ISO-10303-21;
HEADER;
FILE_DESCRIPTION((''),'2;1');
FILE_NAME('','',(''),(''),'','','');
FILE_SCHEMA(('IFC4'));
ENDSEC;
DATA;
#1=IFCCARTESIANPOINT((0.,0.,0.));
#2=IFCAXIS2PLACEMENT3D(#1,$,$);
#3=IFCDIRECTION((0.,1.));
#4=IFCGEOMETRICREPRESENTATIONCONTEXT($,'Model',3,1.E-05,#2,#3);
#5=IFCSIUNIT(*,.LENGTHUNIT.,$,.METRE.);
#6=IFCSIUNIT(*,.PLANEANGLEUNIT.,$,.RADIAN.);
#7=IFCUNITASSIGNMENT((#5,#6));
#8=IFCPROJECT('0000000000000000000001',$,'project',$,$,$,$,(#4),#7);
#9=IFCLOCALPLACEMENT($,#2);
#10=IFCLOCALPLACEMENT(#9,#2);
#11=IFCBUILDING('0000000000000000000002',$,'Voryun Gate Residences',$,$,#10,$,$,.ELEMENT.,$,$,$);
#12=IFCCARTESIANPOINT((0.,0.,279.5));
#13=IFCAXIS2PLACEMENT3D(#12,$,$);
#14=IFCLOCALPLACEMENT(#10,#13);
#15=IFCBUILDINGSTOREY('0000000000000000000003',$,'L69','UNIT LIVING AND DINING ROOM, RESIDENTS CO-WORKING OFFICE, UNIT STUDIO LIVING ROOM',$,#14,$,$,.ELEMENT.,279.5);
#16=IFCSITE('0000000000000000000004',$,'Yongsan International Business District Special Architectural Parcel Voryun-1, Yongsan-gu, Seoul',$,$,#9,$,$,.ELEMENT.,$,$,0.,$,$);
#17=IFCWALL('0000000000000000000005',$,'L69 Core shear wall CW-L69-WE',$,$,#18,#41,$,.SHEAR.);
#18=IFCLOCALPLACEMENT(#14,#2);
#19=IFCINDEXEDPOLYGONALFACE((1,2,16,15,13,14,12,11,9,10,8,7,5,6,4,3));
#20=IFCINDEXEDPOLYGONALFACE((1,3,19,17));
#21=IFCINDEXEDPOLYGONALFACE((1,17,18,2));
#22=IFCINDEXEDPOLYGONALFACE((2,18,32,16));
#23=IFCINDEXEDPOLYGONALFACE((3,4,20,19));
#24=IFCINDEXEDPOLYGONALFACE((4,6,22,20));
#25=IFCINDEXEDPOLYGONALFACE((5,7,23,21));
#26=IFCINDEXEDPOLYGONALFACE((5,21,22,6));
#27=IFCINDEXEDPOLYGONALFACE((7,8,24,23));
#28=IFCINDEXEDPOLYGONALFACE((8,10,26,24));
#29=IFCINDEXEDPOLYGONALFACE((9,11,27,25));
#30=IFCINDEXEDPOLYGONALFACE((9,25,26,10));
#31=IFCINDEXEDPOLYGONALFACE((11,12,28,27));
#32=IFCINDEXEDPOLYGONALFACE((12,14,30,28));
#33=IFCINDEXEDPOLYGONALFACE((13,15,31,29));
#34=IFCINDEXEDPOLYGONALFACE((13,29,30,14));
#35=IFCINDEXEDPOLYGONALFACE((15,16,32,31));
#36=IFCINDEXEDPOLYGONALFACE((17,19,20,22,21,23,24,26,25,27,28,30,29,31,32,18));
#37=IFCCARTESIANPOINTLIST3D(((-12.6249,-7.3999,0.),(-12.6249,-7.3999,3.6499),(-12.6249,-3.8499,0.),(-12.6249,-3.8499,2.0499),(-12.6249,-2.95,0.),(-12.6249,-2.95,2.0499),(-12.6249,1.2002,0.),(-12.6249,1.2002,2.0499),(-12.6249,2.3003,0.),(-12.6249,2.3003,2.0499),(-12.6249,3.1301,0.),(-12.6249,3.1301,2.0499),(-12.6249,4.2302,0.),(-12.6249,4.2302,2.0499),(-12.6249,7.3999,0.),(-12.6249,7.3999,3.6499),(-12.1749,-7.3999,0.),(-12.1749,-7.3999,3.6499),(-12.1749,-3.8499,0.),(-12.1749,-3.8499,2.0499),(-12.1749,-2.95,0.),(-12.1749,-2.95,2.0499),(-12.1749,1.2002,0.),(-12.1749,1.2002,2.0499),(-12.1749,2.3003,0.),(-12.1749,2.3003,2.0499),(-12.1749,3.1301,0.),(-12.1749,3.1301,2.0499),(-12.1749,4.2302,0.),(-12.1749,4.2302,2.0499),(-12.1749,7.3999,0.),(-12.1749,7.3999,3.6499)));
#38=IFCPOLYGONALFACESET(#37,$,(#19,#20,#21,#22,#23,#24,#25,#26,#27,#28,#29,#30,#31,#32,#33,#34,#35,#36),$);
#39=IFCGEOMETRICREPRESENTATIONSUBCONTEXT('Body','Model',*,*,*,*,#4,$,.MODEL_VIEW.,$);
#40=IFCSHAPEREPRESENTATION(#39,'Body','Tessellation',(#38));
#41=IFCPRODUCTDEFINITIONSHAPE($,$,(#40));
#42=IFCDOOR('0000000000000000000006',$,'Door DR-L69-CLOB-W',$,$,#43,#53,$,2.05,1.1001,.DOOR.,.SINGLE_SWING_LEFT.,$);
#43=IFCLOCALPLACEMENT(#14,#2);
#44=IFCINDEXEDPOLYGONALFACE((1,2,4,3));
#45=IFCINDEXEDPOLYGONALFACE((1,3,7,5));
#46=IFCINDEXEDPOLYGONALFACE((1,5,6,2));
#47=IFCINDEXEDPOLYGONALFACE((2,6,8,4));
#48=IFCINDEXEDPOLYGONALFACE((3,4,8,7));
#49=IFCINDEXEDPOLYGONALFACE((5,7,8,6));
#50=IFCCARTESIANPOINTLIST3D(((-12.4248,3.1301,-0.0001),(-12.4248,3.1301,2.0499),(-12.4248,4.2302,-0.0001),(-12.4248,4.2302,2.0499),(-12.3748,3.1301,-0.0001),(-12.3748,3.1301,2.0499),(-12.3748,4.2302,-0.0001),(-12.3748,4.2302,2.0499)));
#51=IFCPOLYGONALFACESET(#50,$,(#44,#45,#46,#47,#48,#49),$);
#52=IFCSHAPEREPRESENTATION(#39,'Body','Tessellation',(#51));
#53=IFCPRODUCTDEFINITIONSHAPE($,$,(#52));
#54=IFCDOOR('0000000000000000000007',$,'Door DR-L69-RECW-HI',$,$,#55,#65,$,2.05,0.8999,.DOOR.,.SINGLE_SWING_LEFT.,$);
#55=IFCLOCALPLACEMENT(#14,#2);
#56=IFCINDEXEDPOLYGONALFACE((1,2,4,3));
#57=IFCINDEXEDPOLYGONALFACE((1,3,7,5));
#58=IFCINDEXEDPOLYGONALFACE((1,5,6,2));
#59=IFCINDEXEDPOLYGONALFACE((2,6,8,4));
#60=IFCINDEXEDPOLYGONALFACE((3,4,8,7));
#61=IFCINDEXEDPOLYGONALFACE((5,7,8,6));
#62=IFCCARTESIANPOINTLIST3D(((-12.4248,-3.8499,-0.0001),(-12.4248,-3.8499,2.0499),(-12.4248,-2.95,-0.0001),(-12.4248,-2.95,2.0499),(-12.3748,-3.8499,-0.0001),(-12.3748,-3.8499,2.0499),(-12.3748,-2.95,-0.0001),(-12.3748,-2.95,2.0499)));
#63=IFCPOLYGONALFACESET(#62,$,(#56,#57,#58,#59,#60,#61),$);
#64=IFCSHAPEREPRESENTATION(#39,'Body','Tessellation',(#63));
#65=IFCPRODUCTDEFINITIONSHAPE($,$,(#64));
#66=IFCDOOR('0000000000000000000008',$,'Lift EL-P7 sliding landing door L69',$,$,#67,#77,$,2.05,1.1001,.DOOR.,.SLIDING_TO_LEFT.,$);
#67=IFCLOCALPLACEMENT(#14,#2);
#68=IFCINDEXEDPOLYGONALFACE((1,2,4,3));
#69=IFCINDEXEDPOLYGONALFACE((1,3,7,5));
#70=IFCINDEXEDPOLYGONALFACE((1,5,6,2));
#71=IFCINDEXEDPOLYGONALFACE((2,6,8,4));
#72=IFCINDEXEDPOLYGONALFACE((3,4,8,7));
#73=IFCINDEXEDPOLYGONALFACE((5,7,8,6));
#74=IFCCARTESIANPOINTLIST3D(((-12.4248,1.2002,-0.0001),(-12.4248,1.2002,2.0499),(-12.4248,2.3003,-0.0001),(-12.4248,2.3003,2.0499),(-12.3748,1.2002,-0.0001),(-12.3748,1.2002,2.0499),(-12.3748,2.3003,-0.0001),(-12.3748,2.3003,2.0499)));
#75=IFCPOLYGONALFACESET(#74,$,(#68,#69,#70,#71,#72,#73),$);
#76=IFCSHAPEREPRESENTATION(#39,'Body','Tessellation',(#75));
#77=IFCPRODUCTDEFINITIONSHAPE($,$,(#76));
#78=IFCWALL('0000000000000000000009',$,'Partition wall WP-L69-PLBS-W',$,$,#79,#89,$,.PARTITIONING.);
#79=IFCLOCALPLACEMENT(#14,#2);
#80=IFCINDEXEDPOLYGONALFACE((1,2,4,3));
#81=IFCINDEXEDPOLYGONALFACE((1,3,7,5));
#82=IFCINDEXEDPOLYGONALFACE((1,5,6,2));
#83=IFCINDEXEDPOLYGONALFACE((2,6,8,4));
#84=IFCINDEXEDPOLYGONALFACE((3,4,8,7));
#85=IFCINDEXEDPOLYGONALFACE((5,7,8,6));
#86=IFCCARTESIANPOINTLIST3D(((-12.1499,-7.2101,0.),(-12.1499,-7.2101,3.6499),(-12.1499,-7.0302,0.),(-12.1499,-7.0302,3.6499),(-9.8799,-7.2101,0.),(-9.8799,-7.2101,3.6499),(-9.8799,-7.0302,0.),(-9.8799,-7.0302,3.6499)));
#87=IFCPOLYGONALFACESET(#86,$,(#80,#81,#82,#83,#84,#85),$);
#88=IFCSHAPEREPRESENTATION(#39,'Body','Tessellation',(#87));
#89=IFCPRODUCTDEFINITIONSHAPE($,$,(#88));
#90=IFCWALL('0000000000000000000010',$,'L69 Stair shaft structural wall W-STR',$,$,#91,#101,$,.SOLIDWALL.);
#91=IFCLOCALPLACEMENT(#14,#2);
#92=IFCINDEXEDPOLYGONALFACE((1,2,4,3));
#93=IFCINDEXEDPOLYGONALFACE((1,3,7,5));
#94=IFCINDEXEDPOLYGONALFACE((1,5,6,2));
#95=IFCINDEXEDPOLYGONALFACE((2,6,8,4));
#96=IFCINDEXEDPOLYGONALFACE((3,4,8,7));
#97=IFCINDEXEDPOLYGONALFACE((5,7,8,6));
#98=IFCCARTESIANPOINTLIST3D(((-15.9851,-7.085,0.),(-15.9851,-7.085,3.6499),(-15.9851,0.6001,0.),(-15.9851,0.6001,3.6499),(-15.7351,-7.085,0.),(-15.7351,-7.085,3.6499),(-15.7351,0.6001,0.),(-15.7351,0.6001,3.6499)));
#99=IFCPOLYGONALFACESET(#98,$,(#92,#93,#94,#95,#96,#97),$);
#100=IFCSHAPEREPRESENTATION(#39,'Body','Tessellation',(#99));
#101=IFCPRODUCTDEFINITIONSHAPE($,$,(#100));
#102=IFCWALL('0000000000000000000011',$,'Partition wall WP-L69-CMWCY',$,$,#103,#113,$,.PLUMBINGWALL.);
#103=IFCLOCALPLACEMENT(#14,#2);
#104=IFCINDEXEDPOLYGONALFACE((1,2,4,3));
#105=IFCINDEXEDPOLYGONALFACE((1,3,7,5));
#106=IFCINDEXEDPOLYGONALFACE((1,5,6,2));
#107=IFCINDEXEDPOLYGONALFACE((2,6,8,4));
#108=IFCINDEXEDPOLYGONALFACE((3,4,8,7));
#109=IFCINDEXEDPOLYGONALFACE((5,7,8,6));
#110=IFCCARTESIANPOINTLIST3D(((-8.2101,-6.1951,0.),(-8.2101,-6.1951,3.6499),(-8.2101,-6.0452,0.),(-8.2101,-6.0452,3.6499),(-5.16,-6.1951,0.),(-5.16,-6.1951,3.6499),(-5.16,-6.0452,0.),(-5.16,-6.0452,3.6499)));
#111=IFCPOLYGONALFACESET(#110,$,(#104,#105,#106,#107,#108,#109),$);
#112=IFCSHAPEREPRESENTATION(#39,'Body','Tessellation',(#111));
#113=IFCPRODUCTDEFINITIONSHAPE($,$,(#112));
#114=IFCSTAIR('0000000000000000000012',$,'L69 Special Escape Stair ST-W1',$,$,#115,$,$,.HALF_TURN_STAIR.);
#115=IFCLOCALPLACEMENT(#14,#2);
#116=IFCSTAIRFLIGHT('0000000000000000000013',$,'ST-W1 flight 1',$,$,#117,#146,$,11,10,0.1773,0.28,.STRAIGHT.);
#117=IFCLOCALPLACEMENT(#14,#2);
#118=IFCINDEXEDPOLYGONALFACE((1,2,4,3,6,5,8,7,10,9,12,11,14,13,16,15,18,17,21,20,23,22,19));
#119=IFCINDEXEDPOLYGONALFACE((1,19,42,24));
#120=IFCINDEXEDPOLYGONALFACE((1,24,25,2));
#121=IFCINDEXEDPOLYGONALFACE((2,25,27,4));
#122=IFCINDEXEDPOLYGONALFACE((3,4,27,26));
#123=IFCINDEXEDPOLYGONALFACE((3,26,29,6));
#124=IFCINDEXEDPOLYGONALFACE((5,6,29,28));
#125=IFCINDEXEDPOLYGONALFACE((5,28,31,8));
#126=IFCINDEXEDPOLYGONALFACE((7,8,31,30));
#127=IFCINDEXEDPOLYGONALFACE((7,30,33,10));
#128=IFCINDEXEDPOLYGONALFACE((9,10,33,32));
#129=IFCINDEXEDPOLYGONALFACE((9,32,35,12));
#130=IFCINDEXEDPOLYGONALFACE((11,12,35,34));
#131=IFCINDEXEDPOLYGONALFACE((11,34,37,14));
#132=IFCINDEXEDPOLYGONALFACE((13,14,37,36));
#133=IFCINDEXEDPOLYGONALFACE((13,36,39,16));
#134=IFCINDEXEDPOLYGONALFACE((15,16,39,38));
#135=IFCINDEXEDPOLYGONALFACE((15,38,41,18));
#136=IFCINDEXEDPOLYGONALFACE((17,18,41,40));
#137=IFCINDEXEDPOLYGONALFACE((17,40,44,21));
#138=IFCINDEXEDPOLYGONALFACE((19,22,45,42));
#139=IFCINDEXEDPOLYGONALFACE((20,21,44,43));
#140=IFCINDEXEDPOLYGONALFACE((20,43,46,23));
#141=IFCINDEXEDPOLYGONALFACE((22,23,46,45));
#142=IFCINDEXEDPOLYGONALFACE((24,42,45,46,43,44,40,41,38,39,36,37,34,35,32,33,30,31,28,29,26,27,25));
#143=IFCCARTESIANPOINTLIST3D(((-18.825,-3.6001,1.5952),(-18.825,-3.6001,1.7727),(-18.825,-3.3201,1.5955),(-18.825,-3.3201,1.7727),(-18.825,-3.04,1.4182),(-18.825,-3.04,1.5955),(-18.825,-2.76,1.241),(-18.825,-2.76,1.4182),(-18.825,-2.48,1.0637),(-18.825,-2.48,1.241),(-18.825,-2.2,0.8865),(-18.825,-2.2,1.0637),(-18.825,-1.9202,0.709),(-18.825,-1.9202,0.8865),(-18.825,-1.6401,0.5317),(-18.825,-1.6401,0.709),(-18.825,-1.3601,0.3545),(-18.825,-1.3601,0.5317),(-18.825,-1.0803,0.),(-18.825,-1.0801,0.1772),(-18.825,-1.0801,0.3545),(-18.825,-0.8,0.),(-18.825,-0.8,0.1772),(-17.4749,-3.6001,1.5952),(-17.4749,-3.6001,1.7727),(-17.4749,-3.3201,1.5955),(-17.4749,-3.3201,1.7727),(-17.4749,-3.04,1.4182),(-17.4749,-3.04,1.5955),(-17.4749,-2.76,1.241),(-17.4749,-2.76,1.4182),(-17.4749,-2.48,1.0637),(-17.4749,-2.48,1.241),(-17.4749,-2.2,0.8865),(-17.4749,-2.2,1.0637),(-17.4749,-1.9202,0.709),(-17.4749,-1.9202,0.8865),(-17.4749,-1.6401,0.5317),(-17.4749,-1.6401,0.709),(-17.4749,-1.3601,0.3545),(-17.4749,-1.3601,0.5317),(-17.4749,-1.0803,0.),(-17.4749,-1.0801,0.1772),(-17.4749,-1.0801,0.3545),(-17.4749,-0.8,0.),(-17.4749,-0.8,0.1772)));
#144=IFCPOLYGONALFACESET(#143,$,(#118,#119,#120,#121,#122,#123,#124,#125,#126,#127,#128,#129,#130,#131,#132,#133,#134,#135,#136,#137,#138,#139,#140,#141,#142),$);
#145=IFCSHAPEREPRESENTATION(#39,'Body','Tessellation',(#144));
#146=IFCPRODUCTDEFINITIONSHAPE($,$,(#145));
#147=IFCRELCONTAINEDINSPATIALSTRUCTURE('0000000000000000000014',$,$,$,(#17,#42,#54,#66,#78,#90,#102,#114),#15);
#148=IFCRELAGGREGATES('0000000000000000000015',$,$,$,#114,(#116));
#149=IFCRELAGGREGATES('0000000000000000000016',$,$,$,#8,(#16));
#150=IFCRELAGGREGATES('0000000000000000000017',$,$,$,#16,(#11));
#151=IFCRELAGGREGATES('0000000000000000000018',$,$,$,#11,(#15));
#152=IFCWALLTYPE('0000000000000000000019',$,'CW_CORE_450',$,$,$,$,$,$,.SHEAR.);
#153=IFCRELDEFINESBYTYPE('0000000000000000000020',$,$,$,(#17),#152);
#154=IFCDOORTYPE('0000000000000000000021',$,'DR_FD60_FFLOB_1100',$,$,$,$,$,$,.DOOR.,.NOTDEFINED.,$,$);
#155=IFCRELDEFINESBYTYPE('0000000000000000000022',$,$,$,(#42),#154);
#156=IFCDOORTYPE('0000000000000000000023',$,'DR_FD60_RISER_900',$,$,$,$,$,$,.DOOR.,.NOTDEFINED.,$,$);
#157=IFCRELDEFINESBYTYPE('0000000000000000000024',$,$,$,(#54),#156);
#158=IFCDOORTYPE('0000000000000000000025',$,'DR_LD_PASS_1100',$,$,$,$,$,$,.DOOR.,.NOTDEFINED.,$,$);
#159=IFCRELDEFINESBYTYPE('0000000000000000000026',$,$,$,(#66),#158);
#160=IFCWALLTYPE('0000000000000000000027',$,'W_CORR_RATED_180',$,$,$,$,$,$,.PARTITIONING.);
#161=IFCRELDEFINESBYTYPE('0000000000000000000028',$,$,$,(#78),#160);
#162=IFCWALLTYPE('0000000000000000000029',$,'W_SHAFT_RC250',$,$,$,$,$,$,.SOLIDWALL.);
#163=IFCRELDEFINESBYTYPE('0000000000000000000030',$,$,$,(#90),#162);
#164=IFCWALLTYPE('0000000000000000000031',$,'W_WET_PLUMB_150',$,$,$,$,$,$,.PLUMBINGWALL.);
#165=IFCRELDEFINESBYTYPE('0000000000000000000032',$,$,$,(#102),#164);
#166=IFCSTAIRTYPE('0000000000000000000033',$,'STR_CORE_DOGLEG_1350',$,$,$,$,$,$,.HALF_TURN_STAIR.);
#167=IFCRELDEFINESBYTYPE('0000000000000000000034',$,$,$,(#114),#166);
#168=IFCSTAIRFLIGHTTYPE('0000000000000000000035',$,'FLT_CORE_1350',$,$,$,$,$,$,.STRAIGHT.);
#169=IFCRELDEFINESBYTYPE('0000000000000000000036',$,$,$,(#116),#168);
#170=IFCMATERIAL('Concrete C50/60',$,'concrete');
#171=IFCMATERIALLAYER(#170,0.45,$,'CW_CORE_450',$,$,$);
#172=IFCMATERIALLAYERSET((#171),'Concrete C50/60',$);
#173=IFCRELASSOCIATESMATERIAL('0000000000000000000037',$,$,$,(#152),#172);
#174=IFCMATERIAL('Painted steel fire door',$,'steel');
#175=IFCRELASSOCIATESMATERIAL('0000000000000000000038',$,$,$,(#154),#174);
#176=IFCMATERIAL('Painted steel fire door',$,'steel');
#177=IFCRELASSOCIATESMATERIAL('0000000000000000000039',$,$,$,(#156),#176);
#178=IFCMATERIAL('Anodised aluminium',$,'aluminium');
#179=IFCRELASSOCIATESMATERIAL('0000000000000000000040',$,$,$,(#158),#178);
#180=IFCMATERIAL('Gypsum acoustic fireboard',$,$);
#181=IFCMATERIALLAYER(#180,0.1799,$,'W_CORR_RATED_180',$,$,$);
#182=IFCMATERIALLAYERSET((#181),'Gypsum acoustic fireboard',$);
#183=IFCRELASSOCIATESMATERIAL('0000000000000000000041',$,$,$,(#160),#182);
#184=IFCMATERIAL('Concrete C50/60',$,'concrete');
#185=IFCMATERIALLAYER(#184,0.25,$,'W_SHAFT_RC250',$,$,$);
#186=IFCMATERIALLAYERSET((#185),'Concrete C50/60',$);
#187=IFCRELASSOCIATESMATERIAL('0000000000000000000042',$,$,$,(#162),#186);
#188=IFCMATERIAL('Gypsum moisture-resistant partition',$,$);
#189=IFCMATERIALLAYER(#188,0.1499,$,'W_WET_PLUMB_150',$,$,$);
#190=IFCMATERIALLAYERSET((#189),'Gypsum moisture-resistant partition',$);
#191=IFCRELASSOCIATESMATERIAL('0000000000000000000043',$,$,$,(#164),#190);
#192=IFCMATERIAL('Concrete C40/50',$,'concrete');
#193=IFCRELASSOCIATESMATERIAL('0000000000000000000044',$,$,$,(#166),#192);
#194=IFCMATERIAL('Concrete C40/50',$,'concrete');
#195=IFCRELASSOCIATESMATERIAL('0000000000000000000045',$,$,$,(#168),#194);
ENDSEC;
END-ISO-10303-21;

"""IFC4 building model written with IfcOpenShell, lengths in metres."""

from ifc_helpers import new_model, si_unit, direction, frame, frame_2d, origin, place, context, subcontext, project, spatial, polyline, rectangle, outline, extrude, material, layer, layer_set, type_object, element, fill, aggregate, save


model = new_model("IFC4")

# Units and contexts
model_context = context("Model", 3, precision=1e-05, world=origin(), true_north=direction((0.0, 1.0)))
body_context = subcontext(model_context, "Body", "Model", "MODEL_VIEW")
ifc_project = project(units=[si_unit("LENGTHUNIT", "METRE"), si_unit("PLANEANGLEUNIT", "RADIAN")], contexts=[model_context])

# Site, building, storey
site_placement = place(None, origin())
site = spatial("IfcSite", under=ifc_project, at=site_placement, Name="Yongsan International Business District Special Architectural Parcel Voryun-1, Yongsan-gu, Seoul", CompositionType="ELEMENT", RefElevation=0.0)
building_placement = place(site_placement, origin())
building = spatial("IfcBuilding", under=site, at=building_placement, Name="Voryun Gate Residences", CompositionType="ELEMENT")
storey_placement = place(building_placement, frame((0.0, 0.0, 279.5)))
storey = spatial("IfcBuildingStorey", under=building, at=storey_placement, Name="L69", Description="UNIT LIVING AND DINING ROOM, RESIDENTS CO-WORKING OFFICE, UNIT STUDIO LIVING ROOM", CompositionType="ELEMENT", Elevation=279.5)

# Wall, openings, doors
ifc_material_1 = material(Name="Concrete C50/60", Category="concrete")
ifc_layer_1 = layer(ifc_material_1, 0.45, Name="CW_CORE_450")
ifc_layer_set_1 = layer_set([ifc_layer_1], Name="Concrete C50/60")
wall_type_1 = type_object("IfcWallType", Name="CW_CORE_450", PredefinedType="SHEAR", material=ifc_layer_set_1)
wall_1_placement = place(storey_placement, frame((-12.3999, -7.3999, 0.0), z_axis=(0.0, 0.0, 1.0), x_axis=(0.0, 1.0, 0.0)))
wall_1 = element("IfcWall", 1, at=wall_1_placement, inside=storey, type_object=wall_type_1, Name="L69 Core shear wall CW-L69-WE", PredefinedType="SHEAR", context=body_context, shape_type="SweptSolid", body=[
    extrude(rectangle(XDim=14.7998, YDim=0.45, at=frame_2d((7.3999, 0.0))), origin(), (0.0, 0.0, 1.0), 3.6499),
])
opening_1_placement = place(wall_1_placement, frame((8.6001, 0.0, 0.0)))
opening_1 = element("IfcOpeningElement", 2, at=opening_1_placement, cuts=wall_1, PredefinedType="OPENING", context=body_context, shape_type="SweptSolid", body=[
    extrude(rectangle(XDim=1.1001, YDim=2.05, at=frame_2d((0.55, 1.0249))), frame((0.0, 0.2351, 0.0), z_axis=(0.0, -1.0, 0.0), x_axis=(1.0, 0.0, 0.0)), (0.0, 0.0, 1.0), 0.47),
])
opening_2_placement = place(wall_1_placement, frame((10.53, 0.0, 0.0)))
opening_2 = element("IfcOpeningElement", 3, at=opening_2_placement, cuts=wall_1, PredefinedType="OPENING", context=body_context, shape_type="SweptSolid", body=[
    extrude(rectangle(XDim=1.1001, YDim=2.05, at=frame_2d((0.55, 1.0249))), frame((0.0, 0.2351, 0.0), z_axis=(0.0, -1.0, 0.0), x_axis=(1.0, 0.0, 0.0)), (0.0, 0.0, 1.0), 0.47),
])
opening_3_placement = place(wall_1_placement, frame((3.55, 0.0, 0.0)))
opening_3 = element("IfcOpeningElement", 4, at=opening_3_placement, cuts=wall_1, PredefinedType="OPENING", context=body_context, shape_type="SweptSolid", body=[
    extrude(rectangle(XDim=0.8999, YDim=2.05, at=frame_2d((0.45, 1.0249))), frame((0.0, 0.2351, 0.0), z_axis=(0.0, -1.0, 0.0), x_axis=(1.0, 0.0, 0.0)), (0.0, 0.0, 1.0), 0.47),
])
ifc_material_2 = material(Name="Painted steel fire door", Category="steel")
door_type_1 = type_object("IfcDoorType", Name="DR_FD60_FFLOB_1100", OperationType="NOTDEFINED", PredefinedType="DOOR", material=ifc_material_2)
door_1_placement = place(opening_2_placement, origin())
door_1 = element("IfcDoor", 5, at=door_1_placement, inside=storey, type_object=door_type_1, Name="Door DR-L69-CLOB-W", OperationType="SINGLE_SWING_LEFT", OverallHeight=2.05, OverallWidth=1.1001, PredefinedType="DOOR", context=body_context, shape_type="SweptSolid", body=[
    extrude(rectangle(XDim=1.1001, YDim=2.05, at=frame_2d((0.55, 1.0249))), frame((0.0, 0.0249, 0.0), z_axis=(0.0, -1.0, 0.0), x_axis=(1.0, 0.0, 0.0)), (0.0, 0.0, 1.0), 0.05),
])
fill(opening_2, door_1)
ifc_material_3 = material(Name="Painted steel fire door", Category="steel")
door_type_2 = type_object("IfcDoorType", Name="DR_FD60_RISER_900", OperationType="NOTDEFINED", PredefinedType="DOOR", material=ifc_material_3)
door_2_placement = place(opening_3_placement, origin())
door_2 = element("IfcDoor", 6, at=door_2_placement, inside=storey, type_object=door_type_2, Name="Door DR-L69-RECW-HI", OperationType="SINGLE_SWING_LEFT", OverallHeight=2.05, OverallWidth=0.8999, PredefinedType="DOOR", context=body_context, shape_type="SweptSolid", body=[
    extrude(rectangle(XDim=0.8999, YDim=2.05, at=frame_2d((0.45, 1.0249))), frame((0.0, 0.0249, 0.0), z_axis=(0.0, -1.0, 0.0), x_axis=(1.0, 0.0, 0.0)), (0.0, 0.0, 1.0), 0.05),
])
fill(opening_3, door_2)
ifc_material_4 = material(Name="Anodised aluminium", Category="aluminium")
door_type_3 = type_object("IfcDoorType", Name="DR_LD_PASS_1100", OperationType="NOTDEFINED", PredefinedType="DOOR", material=ifc_material_4)
door_3_placement = place(opening_1_placement, origin())
door_3 = element("IfcDoor", 7, at=door_3_placement, inside=storey, type_object=door_type_3, Name="Lift EL-P7 sliding landing door L69", OperationType="SLIDING_TO_LEFT", OverallHeight=2.05, OverallWidth=1.1001, PredefinedType="DOOR", context=body_context, shape_type="SweptSolid", body=[
    extrude(rectangle(XDim=1.1001, YDim=2.05, at=frame_2d((0.55, 1.0249))), frame((0.0, 0.0249, 0.0), z_axis=(0.0, -1.0, 0.0), x_axis=(1.0, 0.0, 0.0)), (0.0, 0.0, 1.0), 0.05),
])
fill(opening_1, door_3)

# Walls
ifc_material_5 = material(Name="Gypsum acoustic fireboard")
ifc_layer_2 = layer(ifc_material_5, 0.1799, Name="W_CORR_RATED_180")
ifc_layer_set_2 = layer_set([ifc_layer_2], Name="Gypsum acoustic fireboard")
wall_type_2 = type_object("IfcWallType", Name="W_CORR_RATED_180", PredefinedType="PARTITIONING", material=ifc_layer_set_2)
wall_2_placement = place(storey_placement, frame((-12.1499, -7.1201, 0.0), z_axis=(0.0, 0.0, 1.0), x_axis=(1.0, 0.0, 0.0)))
element("IfcWall", 8, at=wall_2_placement, inside=storey, type_object=wall_type_2, Name="Partition wall WP-L69-PLBS-W", PredefinedType="PARTITIONING", context=body_context, shape_type="SweptSolid", body=[
    extrude(rectangle(XDim=2.27, YDim=0.1799, at=frame_2d((1.135, 0.0))), origin(), (0.0, 0.0, 1.0), 3.6499),
])
ifc_material_6 = material(Name="Concrete C50/60", Category="concrete")
ifc_layer_3 = layer(ifc_material_6, 0.25, Name="W_SHAFT_RC250")
ifc_layer_set_3 = layer_set([ifc_layer_3], Name="Concrete C50/60")
wall_type_3 = type_object("IfcWallType", Name="W_SHAFT_RC250", PredefinedType="SOLIDWALL", material=ifc_layer_set_3)
wall_3_placement = place(storey_placement, frame((-15.8601, -7.085, 0.0), z_axis=(0.0, 0.0, 1.0), x_axis=(0.0, 1.0, 0.0)))
element("IfcWall", 9, at=wall_3_placement, inside=storey, type_object=wall_type_3, Name="L69 Stair shaft structural wall W-STR", PredefinedType="SOLIDWALL", context=body_context, shape_type="SweptSolid", body=[
    extrude(rectangle(XDim=7.6851, YDim=0.25, at=frame_2d((3.8425, 0.0))), origin(), (0.0, 0.0, 1.0), 3.6499),
])
ifc_material_7 = material(Name="Gypsum moisture-resistant partition")
ifc_layer_4 = layer(ifc_material_7, 0.1499, Name="W_WET_PLUMB_150")
ifc_layer_set_4 = layer_set([ifc_layer_4], Name="Gypsum moisture-resistant partition")
wall_type_4 = type_object("IfcWallType", Name="W_WET_PLUMB_150", PredefinedType="PLUMBINGWALL", material=ifc_layer_set_4)
wall_4_placement = place(storey_placement, frame((-8.21, -6.1201, 0.0), z_axis=(0.0, 0.0, 1.0), x_axis=(1.0, 0.0, 0.0)))
element("IfcWall", 10, at=wall_4_placement, inside=storey, type_object=wall_type_4, Name="Partition wall WP-L69-CMWCY", PredefinedType="PLUMBINGWALL", context=body_context, shape_type="SweptSolid", body=[
    extrude(rectangle(XDim=3.05, YDim=0.1499, at=frame_2d((1.5249, 0.0))), origin(), (0.0, 0.0, 1.0), 3.6499),
])

# Stair, stair flight
ifc_material_8 = material(Name="Concrete C40/50", Category="concrete")
stair_type = type_object("IfcStairType", Name="STR_CORE_DOGLEG_1350", PredefinedType="HALF_TURN_STAIR", material=ifc_material_8)
stair_placement = place(storey_placement, origin())
stair = element("IfcStair", 11, at=stair_placement, inside=storey, type_object=stair_type, Name="L69 Special Escape Stair ST-W1", PredefinedType="HALF_TURN_STAIR")
ifc_material_9 = material(Name="Concrete C40/50", Category="concrete")
stair_flight_type = type_object("IfcStairFlightType", Name="FLT_CORE_1350", PredefinedType="STRAIGHT", material=ifc_material_9)
stair_flight_1_placement = place(storey_placement, frame((-18.1499, -0.8, 0.0), z_axis=(0.0, 0.0, 1.0), x_axis=(0.0, -1.0, 0.0)))
stair_flight_1 = element("IfcStairFlight", 12, at=stair_flight_1_placement, type_object=stair_flight_type, Name="ST-W1 flight 1", NumberOfRisers=11, NumberOfTreads=10, PredefinedType="STRAIGHT", RiserHeight=0.1773, TreadLength=0.28, context=body_context, shape_type="SweptSolid", body=[
    extrude(outline(polyline([(0.0, 0.0), (0.0, 0.1772), (0.28, 0.1772), (0.28, 0.3545), (0.5601, 0.3545), (0.5601, 0.5317), (0.8401, 0.5317), (0.8401, 0.709), (1.1201, 0.709), (1.1201, 0.8865), (1.3999, 0.8865), (1.3999, 1.0637), (1.6799, 1.0637), (1.6799, 1.241), (1.96, 1.241), (1.96, 1.4182), (2.24, 1.4182), (2.24, 1.5955), (2.52, 1.5955), (2.52, 1.7727), (2.8, 1.7727), (2.8, 1.95), (2.8, 1.5952), (0.2803, 0.0), (0.0, 0.0)])), frame((0.0, 0.675, 0.0), z_axis=(0.0, -1.0, 0.0), x_axis=(1.0, 0.0, 0.0)), (0.0, 0.0, 1.0), 1.3501),
])
aggregate(stair, [stair_flight_1])

save(model, "model.ifc")
